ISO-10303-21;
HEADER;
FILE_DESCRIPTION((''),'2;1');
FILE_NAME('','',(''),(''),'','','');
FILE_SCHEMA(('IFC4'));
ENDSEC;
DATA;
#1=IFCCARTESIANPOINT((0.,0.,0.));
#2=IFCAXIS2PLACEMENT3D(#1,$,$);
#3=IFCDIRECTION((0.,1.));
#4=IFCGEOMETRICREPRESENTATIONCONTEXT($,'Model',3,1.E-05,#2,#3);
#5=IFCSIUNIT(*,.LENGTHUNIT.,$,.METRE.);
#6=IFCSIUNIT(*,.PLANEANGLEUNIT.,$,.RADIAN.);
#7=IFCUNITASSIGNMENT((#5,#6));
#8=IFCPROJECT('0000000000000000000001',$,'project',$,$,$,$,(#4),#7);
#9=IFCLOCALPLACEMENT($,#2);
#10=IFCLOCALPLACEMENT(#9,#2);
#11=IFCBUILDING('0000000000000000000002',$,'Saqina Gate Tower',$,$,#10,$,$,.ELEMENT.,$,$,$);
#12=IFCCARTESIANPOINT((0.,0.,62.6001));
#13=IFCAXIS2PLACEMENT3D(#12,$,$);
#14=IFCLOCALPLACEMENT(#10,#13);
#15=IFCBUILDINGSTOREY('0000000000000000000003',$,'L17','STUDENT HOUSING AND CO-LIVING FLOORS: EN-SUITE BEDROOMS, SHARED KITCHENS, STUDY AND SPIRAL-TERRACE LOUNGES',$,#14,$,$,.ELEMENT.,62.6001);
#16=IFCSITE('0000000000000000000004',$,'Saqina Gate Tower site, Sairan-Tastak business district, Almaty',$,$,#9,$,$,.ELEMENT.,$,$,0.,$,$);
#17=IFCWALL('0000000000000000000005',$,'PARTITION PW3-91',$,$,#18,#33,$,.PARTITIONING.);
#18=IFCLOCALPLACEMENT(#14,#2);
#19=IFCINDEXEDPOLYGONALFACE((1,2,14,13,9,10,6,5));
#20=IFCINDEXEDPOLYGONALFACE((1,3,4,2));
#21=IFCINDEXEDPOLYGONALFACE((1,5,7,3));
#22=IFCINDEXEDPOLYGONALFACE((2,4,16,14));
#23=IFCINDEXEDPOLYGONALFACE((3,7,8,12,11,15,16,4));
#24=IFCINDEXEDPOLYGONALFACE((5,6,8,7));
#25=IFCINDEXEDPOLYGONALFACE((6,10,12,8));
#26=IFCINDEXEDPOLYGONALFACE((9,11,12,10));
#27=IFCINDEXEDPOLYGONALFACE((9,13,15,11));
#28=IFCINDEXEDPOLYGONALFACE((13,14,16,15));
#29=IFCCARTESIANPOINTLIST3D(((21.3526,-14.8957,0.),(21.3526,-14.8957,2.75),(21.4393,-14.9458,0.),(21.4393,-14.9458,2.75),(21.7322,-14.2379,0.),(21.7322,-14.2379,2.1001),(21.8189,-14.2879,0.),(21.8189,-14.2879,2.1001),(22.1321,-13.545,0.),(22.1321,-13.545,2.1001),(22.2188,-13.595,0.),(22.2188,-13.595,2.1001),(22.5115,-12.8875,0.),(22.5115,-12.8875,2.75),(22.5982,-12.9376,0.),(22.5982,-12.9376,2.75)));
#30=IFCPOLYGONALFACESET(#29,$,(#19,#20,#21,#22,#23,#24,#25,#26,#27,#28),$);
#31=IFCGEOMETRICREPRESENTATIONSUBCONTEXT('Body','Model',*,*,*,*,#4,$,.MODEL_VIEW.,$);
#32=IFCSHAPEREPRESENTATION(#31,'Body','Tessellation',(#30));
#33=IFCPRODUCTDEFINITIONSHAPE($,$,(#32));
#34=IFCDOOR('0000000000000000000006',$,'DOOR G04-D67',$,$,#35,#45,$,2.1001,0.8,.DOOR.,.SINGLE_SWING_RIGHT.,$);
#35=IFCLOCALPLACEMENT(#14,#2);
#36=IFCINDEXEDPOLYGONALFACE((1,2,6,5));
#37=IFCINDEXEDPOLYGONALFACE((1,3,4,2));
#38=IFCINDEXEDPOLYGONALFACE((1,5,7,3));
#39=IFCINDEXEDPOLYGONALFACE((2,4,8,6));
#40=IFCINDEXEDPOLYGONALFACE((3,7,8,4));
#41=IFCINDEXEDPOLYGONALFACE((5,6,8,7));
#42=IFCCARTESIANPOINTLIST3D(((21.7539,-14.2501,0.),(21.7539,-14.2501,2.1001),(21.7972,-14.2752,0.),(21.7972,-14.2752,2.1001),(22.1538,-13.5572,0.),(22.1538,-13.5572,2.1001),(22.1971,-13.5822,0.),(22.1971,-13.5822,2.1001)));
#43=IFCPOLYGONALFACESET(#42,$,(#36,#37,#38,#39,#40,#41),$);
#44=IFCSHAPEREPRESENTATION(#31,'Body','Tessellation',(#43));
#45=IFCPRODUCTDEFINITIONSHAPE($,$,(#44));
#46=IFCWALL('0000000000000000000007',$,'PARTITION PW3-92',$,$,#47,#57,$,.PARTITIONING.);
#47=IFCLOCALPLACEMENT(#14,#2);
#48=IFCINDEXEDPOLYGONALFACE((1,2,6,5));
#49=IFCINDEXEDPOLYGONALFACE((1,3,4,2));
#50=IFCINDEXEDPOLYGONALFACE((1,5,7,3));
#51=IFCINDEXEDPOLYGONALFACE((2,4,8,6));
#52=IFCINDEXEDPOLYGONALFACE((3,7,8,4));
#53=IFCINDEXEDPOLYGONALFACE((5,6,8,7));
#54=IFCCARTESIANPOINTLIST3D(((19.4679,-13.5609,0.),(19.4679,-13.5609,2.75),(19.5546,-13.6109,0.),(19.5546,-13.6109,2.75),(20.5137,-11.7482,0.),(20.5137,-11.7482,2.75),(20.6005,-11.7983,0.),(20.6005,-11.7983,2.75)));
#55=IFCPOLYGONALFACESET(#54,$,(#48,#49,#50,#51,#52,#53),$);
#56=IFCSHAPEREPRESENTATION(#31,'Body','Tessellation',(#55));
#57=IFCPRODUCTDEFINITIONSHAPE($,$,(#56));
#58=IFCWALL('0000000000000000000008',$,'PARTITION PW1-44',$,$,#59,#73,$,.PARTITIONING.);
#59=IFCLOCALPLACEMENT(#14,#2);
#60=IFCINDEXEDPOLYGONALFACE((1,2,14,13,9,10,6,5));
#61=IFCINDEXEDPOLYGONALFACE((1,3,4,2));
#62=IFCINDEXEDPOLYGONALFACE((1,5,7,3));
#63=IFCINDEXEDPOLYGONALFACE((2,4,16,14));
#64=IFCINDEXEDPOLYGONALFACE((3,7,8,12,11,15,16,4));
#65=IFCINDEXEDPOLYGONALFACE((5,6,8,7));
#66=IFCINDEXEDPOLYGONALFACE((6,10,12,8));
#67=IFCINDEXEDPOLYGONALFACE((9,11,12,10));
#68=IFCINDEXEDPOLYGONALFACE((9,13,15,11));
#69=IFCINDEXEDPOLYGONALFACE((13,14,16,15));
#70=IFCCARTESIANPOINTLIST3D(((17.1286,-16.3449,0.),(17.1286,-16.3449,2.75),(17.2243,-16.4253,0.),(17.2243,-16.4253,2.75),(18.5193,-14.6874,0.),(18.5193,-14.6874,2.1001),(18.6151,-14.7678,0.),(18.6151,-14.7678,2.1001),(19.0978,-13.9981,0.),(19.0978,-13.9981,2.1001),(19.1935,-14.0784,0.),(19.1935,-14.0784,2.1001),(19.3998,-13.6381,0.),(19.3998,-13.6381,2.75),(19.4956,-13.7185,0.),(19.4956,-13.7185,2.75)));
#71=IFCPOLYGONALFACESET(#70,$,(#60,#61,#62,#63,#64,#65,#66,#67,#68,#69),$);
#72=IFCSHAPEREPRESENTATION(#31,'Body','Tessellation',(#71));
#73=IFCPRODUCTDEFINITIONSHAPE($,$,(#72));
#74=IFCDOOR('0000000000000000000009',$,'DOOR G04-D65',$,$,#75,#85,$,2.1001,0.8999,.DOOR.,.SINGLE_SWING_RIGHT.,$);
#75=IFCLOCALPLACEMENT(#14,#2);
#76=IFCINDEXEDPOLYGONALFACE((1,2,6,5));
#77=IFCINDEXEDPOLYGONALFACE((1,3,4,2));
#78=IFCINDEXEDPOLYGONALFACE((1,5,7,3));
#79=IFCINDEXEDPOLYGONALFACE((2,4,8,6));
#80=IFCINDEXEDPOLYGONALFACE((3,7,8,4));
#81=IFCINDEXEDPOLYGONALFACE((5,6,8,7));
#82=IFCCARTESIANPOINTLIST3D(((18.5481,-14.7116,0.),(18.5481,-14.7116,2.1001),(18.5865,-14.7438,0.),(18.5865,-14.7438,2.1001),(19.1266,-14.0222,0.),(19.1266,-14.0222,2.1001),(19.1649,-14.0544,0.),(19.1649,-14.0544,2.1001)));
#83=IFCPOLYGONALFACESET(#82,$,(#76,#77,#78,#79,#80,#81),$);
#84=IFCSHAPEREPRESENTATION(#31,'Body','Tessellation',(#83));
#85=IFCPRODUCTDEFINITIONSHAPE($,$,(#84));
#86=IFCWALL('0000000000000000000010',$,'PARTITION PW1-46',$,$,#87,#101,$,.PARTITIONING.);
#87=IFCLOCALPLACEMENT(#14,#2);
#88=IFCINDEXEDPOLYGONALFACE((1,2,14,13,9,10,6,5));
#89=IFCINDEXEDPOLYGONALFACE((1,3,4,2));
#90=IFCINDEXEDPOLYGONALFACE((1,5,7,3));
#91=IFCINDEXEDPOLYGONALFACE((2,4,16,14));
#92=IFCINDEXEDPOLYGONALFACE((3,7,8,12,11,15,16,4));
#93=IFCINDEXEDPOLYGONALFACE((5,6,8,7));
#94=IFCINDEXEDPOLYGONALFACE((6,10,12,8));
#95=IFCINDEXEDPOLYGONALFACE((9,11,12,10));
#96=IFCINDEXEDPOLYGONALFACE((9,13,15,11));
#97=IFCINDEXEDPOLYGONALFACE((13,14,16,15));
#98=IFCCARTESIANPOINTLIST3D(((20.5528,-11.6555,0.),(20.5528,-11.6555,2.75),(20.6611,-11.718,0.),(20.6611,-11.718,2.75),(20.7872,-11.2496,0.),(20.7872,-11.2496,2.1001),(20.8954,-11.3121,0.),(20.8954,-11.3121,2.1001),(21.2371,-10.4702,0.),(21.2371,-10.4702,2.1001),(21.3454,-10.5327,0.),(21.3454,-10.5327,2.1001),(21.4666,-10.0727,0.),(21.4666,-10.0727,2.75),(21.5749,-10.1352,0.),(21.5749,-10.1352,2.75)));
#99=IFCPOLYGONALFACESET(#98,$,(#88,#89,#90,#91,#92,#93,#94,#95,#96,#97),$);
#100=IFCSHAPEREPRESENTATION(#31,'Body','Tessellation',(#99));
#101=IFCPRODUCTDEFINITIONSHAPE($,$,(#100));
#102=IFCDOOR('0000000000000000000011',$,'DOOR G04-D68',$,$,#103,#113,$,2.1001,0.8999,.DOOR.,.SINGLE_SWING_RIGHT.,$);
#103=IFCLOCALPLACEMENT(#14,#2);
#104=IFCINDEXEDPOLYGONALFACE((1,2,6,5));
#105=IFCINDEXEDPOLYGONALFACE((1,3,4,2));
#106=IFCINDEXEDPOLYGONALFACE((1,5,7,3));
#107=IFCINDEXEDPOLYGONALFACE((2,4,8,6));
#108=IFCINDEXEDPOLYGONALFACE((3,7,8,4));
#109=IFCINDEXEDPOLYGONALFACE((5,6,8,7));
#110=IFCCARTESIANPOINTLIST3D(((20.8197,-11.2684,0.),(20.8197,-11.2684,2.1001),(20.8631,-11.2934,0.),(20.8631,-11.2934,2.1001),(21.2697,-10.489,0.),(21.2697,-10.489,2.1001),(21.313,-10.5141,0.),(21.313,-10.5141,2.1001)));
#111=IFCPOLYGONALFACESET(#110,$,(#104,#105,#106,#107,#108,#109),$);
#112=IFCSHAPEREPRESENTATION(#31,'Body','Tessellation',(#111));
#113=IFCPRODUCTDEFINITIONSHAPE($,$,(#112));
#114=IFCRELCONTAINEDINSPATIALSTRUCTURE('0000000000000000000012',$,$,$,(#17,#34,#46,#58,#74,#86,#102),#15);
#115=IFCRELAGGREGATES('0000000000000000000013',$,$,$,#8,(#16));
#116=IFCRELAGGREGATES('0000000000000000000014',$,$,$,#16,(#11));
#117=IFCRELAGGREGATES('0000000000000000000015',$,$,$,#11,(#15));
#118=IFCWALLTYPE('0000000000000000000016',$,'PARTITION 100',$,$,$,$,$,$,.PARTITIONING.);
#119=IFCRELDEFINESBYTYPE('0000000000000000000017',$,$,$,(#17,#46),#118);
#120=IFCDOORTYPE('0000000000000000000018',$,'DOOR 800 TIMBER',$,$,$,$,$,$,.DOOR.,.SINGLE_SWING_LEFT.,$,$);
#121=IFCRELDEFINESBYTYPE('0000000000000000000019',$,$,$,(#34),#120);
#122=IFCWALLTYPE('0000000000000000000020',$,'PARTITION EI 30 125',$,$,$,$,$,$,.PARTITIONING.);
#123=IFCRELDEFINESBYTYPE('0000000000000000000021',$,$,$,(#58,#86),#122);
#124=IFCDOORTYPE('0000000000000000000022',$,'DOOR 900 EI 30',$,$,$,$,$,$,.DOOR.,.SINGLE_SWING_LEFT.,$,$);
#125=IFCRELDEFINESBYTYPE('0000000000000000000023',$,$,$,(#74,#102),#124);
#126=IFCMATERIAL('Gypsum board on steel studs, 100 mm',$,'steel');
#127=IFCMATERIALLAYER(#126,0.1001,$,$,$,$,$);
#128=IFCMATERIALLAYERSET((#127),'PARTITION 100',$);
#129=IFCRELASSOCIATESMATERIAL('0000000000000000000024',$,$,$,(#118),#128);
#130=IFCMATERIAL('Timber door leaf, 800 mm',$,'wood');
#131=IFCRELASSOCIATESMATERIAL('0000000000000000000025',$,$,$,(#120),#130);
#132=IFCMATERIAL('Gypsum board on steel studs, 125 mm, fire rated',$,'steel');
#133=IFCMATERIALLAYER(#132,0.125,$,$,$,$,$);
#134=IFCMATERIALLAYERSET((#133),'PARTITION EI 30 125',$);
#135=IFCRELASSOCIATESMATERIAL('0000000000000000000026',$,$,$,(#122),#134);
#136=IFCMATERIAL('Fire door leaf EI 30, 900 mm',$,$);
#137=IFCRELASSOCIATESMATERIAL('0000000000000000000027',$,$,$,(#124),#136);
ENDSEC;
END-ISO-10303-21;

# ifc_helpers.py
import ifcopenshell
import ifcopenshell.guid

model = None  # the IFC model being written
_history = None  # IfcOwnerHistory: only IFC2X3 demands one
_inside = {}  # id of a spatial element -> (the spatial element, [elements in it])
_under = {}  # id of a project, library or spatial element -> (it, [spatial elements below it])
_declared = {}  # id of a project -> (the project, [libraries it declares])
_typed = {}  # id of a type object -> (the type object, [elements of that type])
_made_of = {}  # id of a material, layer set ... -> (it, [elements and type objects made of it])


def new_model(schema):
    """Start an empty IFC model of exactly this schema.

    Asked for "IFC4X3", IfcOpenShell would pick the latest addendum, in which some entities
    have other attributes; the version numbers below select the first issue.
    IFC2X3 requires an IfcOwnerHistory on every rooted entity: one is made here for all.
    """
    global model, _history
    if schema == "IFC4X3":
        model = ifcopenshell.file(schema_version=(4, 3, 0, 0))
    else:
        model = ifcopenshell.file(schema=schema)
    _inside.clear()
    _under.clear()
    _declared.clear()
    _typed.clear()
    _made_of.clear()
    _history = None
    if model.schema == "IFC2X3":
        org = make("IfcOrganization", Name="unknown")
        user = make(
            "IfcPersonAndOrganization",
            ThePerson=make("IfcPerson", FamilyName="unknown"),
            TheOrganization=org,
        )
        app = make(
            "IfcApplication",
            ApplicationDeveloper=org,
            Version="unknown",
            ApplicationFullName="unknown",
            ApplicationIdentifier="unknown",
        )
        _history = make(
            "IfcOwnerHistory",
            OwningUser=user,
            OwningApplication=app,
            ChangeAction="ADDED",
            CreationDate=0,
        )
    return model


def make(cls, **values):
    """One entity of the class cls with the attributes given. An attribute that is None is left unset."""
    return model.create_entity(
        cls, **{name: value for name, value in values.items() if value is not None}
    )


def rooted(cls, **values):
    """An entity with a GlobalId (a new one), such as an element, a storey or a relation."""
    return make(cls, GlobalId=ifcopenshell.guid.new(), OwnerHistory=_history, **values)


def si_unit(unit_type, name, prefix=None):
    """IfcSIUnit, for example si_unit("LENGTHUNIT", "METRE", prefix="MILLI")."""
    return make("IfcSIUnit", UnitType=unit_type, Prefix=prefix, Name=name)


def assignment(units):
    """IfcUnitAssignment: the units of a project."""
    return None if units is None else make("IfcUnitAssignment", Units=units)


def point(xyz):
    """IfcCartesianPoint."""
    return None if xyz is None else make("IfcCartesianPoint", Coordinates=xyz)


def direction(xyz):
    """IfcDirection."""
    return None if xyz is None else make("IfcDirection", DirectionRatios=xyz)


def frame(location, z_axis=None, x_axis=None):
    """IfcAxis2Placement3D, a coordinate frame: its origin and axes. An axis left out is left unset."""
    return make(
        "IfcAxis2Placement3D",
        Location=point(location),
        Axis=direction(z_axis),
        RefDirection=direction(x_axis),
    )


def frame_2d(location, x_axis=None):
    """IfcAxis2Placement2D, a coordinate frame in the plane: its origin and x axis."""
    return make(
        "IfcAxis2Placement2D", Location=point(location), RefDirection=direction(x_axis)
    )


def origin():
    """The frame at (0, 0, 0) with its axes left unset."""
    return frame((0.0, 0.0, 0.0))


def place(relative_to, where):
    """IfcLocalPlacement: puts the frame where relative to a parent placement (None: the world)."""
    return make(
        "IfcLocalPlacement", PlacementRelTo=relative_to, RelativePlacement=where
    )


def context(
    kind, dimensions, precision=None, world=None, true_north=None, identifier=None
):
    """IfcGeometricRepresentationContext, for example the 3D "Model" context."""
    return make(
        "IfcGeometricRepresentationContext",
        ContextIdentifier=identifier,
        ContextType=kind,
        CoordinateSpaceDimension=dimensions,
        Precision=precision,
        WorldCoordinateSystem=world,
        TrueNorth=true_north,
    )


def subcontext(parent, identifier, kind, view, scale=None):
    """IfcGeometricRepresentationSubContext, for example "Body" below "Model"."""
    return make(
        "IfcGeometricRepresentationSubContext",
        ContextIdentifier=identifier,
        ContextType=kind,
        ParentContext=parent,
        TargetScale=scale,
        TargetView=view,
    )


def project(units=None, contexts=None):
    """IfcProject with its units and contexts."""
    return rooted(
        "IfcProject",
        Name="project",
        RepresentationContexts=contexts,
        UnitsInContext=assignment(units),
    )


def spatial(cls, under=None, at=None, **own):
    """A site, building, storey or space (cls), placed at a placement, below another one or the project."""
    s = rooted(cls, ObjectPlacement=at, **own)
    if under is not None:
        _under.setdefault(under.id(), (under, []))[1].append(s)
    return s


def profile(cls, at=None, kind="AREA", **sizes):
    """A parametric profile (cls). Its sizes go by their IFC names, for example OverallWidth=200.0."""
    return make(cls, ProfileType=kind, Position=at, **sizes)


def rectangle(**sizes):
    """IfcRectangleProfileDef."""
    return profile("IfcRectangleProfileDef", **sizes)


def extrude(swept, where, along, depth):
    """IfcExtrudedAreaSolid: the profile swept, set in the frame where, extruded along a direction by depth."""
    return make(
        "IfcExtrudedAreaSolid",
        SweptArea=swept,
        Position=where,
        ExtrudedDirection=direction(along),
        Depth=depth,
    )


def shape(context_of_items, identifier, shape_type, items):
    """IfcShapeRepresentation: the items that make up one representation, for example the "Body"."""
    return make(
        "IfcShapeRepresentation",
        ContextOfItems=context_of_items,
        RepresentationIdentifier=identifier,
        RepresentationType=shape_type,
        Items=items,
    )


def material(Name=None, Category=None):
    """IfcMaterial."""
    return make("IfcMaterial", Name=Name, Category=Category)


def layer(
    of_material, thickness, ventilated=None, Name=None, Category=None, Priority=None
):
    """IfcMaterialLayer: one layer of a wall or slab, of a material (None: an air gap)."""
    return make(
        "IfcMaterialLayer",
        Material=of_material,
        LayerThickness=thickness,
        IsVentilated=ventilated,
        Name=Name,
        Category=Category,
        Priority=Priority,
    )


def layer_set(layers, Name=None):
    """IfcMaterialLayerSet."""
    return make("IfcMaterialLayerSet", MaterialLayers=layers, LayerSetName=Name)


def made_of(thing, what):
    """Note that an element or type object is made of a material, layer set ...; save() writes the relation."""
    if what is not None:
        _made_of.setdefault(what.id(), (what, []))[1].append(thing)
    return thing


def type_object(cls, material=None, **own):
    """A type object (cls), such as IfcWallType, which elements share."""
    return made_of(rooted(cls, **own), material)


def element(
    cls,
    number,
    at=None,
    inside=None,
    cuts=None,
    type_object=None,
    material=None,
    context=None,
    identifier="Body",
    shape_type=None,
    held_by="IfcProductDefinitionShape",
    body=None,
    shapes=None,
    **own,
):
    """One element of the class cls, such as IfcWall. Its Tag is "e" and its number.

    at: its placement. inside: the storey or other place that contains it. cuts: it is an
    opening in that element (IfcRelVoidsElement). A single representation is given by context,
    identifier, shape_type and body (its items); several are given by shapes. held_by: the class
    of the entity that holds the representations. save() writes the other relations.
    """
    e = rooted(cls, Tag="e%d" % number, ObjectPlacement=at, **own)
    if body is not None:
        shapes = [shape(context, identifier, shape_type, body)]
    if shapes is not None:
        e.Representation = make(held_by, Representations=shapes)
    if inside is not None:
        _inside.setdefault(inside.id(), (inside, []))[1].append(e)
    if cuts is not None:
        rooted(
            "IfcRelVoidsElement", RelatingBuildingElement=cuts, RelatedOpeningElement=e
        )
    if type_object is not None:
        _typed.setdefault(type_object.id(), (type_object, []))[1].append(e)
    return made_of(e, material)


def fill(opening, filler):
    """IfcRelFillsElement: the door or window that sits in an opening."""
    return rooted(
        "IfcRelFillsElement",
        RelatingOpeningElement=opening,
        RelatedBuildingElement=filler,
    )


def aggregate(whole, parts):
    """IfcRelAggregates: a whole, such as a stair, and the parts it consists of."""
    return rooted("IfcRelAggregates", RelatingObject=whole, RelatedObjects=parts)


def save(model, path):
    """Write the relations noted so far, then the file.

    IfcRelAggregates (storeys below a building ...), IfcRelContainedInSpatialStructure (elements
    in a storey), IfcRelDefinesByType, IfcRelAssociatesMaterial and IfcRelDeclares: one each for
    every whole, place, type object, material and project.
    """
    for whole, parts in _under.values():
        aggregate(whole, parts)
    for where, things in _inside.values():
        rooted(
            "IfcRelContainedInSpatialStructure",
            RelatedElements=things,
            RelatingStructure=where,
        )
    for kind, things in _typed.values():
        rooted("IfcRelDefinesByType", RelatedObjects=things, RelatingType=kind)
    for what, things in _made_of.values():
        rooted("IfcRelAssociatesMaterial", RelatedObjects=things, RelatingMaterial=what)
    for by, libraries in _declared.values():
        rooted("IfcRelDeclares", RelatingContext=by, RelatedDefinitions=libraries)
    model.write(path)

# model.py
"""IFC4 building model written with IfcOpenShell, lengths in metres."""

from ifc_helpers import new_model, si_unit, direction, frame, frame_2d, origin, place, context, subcontext, project, spatial, rectangle, extrude, material, layer, layer_set, type_object, element, fill, save


model = new_model("IFC4")

# Units and contexts
model_context = context("Model", 3, precision=1e-05, world=origin(), true_north=direction((0.0, 1.0)))
body_context = subcontext(model_context, "Body", "Model", "MODEL_VIEW")
ifc_project = project(units=[si_unit("LENGTHUNIT", "METRE"), si_unit("PLANEANGLEUNIT", "RADIAN")], contexts=[model_context])

# Site, building, storey
site_placement = place(None, origin())
site = spatial("IfcSite", under=ifc_project, at=site_placement, Name="Saqina Gate Tower site, Sairan-Tastak business district, Almaty", CompositionType="ELEMENT", RefElevation=0.0)
building_placement = place(site_placement, origin())
building = spatial("IfcBuilding", under=site, at=building_placement, Name="Saqina Gate Tower", CompositionType="ELEMENT")
storey_placement = place(building_placement, frame((0.0, 0.0, 62.6001)))
storey = spatial("IfcBuildingStorey", under=building, at=storey_placement, Name="L17", Description="STUDENT HOUSING AND CO-LIVING FLOORS: EN-SUITE BEDROOMS, SHARED KITCHENS, STUDY AND SPIRAL-TERRACE LOUNGES", CompositionType="ELEMENT", Elevation=62.6001)

# Shared definitions
ifc_material_1 = material(Name="Gypsum board on steel studs, 100 mm", Category="steel")
ifc_layer_1 = layer(ifc_material_1, 0.1001)
ifc_layer_set_1 = layer_set([ifc_layer_1], Name="PARTITION 100")
wall_type_1 = type_object("IfcWallType", Name="PARTITION 100", PredefinedType="PARTITIONING", material=ifc_layer_set_1)

# Wall, opening, door
ifc_material_2 = material(Name="Timber door leaf, 800 mm", Category="wood")
door_type_1 = type_object("IfcDoorType", Name="DOOR 800 TIMBER", OperationType="SINGLE_SWING_LEFT", PredefinedType="DOOR", material=ifc_material_2)
wall_1_placement = place(storey_placement, frame((21.396, -14.9207, 0.0), z_axis=(0.0, 0.0, 1.0), x_axis=(0.49982, 0.866129, 0.0)))
wall_1 = element("IfcWall", 1, at=wall_1_placement, inside=storey, type_object=wall_type_1, Name="PARTITION PW3-91", PredefinedType="PARTITIONING", context=body_context, shape_type="SweptSolid", body=[
    extrude(rectangle(XDim=2.3186, YDim=0.1001, at=frame_2d((1.1592, 0.0))), origin(), (0.0, 0.0, 1.0), 2.75),
])
opening_1_placement = place(wall_1_placement, frame((0.7595, 0.0, 0.0)))
opening_1 = element("IfcOpeningElement", 2, at=opening_1_placement, cuts=wall_1, PredefinedType="OPENING", context=body_context, shape_type="SweptSolid", body=[
    extrude(rectangle(XDim=0.8, YDim=2.1001, at=frame_2d((0.3999, 1.05))), frame((0.0, 0.062, 0.0), z_axis=(0.0, -1.0, 0.0), x_axis=(1.0, 0.0, 0.0)), (0.0, 0.0, 1.0), 0.124),
])
door_1_placement = place(opening_1_placement, frame((0.8, 0.0, 0.0), z_axis=(0.0, 0.0, 1.0), x_axis=(-1.0, 0.0, 0.0)))
door_1 = element("IfcDoor", 3, at=door_1_placement, inside=storey, type_object=door_type_1, Name="DOOR G04-D67", OperationType="SINGLE_SWING_RIGHT", OverallHeight=2.1001, OverallWidth=0.8, PredefinedType="DOOR", context=body_context, shape_type="SweptSolid", body=[
    extrude(rectangle(XDim=0.8, YDim=2.1001, at=frame_2d((0.3999, 1.05))), frame((0.0, 0.0249, 0.0), z_axis=(0.0, -1.0, 0.0), x_axis=(1.0, 0.0, 0.0)), (0.0, 0.0, 1.0), 0.05),
])
fill(opening_1, door_1)

# Wall
wall_2_placement = place(storey_placement, frame((19.5112, -13.5859, 0.0), z_axis=(0.0, 0.0, 1.0), x_axis=(0.499753, 0.866168, 0.0)))
element("IfcWall", 4, at=wall_2_placement, inside=storey, type_object=wall_type_1, Name="PARTITION PW3-92", PredefinedType="PARTITIONING", context=body_context, shape_type="SweptSolid", body=[
    extrude(rectangle(XDim=2.0928, YDim=0.1001, at=frame_2d((1.0464, 0.0))), origin(), (0.0, 0.0, 1.0), 2.75),
])

# Walls, openings, doors
ifc_material_3 = material(Name="Gypsum board on steel studs, 125 mm, fire rated", Category="steel")
ifc_layer_2 = layer(ifc_material_3, 0.125)
ifc_layer_set_2 = layer_set([ifc_layer_2], Name="PARTITION EI 30 125")
wall_type_2 = type_object("IfcWallType", Name="PARTITION EI 30 125", PredefinedType="PARTITIONING", material=ifc_layer_set_2)
wall_3_placement = place(storey_placement, frame((17.1765, -16.385, 0.0), z_axis=(0.0, 0.0, 1.0), x_axis=(0.642784, 0.766048, 0.0)))
wall_3 = element("IfcWall", 5, at=wall_3_placement, inside=storey, type_object=wall_type_2, Name="PARTITION PW1-44", PredefinedType="PARTITIONING", context=body_context, shape_type="SweptSolid", body=[
    extrude(rectangle(XDim=3.5334, YDim=0.125, at=frame_2d((1.7666, 0.0))), origin(), (0.0, 0.0, 1.0), 2.75),
])
opening_2_placement = place(wall_3_placement, frame((2.1636, 0.0, 0.0)))
opening_2 = element("IfcOpeningElement", 6, at=opening_2_placement, cuts=wall_3, PredefinedType="OPENING", context=body_context, shape_type="SweptSolid", body=[
    extrude(rectangle(XDim=0.8999, YDim=2.1001, at=frame_2d((0.45, 1.05))), frame((0.0, 0.0745, 0.0), z_axis=(0.0, -1.0, 0.0), x_axis=(1.0, 0.0, 0.0)), (0.0, 0.0, 1.0), 0.1489),
])
ifc_material_4 = material(Name="Fire door leaf EI 30, 900 mm")
door_type_2 = type_object("IfcDoorType", Name="DOOR 900 EI 30", OperationType="SINGLE_SWING_LEFT", PredefinedType="DOOR", material=ifc_material_4)
door_2_placement = place(opening_2_placement, origin())
door_2 = element("IfcDoor", 7, at=door_2_placement, inside=storey, type_object=door_type_2, Name="DOOR G04-D65", OperationType="SINGLE_SWING_RIGHT", OverallHeight=2.1001, OverallWidth=0.8999, PredefinedType="DOOR", context=body_context, shape_type="SweptSolid", body=[
    extrude(rectangle(XDim=0.8999, YDim=2.1001, at=frame_2d((0.45, 1.05))), frame((0.0, 0.0249, 0.0), z_axis=(0.0, -1.0, 0.0), x_axis=(1.0, 0.0, 0.0)), (0.0, 0.0, 1.0), 0.05),
])
fill(opening_2, door_2)
wall_4_placement = place(storey_placement, frame((20.6069, -11.6868, 0.0), z_axis=(0.0, 0.0, 1.0), x_axis=(0.500004, 0.866023, 0.0)))
wall_4 = element("IfcWall", 8, at=wall_4_placement, inside=storey, type_object=wall_type_2, Name="PARTITION PW1-46", PredefinedType="PARTITIONING", context=body_context, shape_type="SweptSolid", body=[
    extrude(rectangle(XDim=1.8276, YDim=0.125, at=frame_2d((0.9138, 0.0))), origin(), (0.0, 0.0, 1.0), 2.75),
])
opening_3_placement = place(wall_4_placement, frame((0.4688, 0.0, 0.0)))
opening_3 = element("IfcOpeningElement", 9, at=opening_3_placement, cuts=wall_4, PredefinedType="OPENING", context=body_context, shape_type="SweptSolid", body=[
    extrude(rectangle(XDim=0.8999, YDim=2.1001, at=frame_2d((0.45, 1.05))), frame((0.0, 0.0745, 0.0), z_axis=(0.0, -1.0, 0.0), x_axis=(1.0, 0.0, 0.0)), (0.0, 0.0, 1.0), 0.1489),
])
door_3_placement = place(opening_3_placement, origin())
door_3 = element("IfcDoor", 10, at=door_3_placement, inside=storey, type_object=door_type_2, Name="DOOR G04-D68", OperationType="SINGLE_SWING_RIGHT", OverallHeight=2.1001, OverallWidth=0.8999, PredefinedType="DOOR", context=body_context, shape_type="SweptSolid", body=[
    extrude(rectangle(XDim=0.8999, YDim=2.1001, at=frame_2d((0.45, 1.05))), frame((0.0, 0.0249, 0.0), z_axis=(0.0, -1.0, 0.0), x_axis=(1.0, 0.0, 0.0)), (0.0, 0.0, 1.0), 0.05),
])
fill(opening_3, door_3)

save(model, "model.ifc")
